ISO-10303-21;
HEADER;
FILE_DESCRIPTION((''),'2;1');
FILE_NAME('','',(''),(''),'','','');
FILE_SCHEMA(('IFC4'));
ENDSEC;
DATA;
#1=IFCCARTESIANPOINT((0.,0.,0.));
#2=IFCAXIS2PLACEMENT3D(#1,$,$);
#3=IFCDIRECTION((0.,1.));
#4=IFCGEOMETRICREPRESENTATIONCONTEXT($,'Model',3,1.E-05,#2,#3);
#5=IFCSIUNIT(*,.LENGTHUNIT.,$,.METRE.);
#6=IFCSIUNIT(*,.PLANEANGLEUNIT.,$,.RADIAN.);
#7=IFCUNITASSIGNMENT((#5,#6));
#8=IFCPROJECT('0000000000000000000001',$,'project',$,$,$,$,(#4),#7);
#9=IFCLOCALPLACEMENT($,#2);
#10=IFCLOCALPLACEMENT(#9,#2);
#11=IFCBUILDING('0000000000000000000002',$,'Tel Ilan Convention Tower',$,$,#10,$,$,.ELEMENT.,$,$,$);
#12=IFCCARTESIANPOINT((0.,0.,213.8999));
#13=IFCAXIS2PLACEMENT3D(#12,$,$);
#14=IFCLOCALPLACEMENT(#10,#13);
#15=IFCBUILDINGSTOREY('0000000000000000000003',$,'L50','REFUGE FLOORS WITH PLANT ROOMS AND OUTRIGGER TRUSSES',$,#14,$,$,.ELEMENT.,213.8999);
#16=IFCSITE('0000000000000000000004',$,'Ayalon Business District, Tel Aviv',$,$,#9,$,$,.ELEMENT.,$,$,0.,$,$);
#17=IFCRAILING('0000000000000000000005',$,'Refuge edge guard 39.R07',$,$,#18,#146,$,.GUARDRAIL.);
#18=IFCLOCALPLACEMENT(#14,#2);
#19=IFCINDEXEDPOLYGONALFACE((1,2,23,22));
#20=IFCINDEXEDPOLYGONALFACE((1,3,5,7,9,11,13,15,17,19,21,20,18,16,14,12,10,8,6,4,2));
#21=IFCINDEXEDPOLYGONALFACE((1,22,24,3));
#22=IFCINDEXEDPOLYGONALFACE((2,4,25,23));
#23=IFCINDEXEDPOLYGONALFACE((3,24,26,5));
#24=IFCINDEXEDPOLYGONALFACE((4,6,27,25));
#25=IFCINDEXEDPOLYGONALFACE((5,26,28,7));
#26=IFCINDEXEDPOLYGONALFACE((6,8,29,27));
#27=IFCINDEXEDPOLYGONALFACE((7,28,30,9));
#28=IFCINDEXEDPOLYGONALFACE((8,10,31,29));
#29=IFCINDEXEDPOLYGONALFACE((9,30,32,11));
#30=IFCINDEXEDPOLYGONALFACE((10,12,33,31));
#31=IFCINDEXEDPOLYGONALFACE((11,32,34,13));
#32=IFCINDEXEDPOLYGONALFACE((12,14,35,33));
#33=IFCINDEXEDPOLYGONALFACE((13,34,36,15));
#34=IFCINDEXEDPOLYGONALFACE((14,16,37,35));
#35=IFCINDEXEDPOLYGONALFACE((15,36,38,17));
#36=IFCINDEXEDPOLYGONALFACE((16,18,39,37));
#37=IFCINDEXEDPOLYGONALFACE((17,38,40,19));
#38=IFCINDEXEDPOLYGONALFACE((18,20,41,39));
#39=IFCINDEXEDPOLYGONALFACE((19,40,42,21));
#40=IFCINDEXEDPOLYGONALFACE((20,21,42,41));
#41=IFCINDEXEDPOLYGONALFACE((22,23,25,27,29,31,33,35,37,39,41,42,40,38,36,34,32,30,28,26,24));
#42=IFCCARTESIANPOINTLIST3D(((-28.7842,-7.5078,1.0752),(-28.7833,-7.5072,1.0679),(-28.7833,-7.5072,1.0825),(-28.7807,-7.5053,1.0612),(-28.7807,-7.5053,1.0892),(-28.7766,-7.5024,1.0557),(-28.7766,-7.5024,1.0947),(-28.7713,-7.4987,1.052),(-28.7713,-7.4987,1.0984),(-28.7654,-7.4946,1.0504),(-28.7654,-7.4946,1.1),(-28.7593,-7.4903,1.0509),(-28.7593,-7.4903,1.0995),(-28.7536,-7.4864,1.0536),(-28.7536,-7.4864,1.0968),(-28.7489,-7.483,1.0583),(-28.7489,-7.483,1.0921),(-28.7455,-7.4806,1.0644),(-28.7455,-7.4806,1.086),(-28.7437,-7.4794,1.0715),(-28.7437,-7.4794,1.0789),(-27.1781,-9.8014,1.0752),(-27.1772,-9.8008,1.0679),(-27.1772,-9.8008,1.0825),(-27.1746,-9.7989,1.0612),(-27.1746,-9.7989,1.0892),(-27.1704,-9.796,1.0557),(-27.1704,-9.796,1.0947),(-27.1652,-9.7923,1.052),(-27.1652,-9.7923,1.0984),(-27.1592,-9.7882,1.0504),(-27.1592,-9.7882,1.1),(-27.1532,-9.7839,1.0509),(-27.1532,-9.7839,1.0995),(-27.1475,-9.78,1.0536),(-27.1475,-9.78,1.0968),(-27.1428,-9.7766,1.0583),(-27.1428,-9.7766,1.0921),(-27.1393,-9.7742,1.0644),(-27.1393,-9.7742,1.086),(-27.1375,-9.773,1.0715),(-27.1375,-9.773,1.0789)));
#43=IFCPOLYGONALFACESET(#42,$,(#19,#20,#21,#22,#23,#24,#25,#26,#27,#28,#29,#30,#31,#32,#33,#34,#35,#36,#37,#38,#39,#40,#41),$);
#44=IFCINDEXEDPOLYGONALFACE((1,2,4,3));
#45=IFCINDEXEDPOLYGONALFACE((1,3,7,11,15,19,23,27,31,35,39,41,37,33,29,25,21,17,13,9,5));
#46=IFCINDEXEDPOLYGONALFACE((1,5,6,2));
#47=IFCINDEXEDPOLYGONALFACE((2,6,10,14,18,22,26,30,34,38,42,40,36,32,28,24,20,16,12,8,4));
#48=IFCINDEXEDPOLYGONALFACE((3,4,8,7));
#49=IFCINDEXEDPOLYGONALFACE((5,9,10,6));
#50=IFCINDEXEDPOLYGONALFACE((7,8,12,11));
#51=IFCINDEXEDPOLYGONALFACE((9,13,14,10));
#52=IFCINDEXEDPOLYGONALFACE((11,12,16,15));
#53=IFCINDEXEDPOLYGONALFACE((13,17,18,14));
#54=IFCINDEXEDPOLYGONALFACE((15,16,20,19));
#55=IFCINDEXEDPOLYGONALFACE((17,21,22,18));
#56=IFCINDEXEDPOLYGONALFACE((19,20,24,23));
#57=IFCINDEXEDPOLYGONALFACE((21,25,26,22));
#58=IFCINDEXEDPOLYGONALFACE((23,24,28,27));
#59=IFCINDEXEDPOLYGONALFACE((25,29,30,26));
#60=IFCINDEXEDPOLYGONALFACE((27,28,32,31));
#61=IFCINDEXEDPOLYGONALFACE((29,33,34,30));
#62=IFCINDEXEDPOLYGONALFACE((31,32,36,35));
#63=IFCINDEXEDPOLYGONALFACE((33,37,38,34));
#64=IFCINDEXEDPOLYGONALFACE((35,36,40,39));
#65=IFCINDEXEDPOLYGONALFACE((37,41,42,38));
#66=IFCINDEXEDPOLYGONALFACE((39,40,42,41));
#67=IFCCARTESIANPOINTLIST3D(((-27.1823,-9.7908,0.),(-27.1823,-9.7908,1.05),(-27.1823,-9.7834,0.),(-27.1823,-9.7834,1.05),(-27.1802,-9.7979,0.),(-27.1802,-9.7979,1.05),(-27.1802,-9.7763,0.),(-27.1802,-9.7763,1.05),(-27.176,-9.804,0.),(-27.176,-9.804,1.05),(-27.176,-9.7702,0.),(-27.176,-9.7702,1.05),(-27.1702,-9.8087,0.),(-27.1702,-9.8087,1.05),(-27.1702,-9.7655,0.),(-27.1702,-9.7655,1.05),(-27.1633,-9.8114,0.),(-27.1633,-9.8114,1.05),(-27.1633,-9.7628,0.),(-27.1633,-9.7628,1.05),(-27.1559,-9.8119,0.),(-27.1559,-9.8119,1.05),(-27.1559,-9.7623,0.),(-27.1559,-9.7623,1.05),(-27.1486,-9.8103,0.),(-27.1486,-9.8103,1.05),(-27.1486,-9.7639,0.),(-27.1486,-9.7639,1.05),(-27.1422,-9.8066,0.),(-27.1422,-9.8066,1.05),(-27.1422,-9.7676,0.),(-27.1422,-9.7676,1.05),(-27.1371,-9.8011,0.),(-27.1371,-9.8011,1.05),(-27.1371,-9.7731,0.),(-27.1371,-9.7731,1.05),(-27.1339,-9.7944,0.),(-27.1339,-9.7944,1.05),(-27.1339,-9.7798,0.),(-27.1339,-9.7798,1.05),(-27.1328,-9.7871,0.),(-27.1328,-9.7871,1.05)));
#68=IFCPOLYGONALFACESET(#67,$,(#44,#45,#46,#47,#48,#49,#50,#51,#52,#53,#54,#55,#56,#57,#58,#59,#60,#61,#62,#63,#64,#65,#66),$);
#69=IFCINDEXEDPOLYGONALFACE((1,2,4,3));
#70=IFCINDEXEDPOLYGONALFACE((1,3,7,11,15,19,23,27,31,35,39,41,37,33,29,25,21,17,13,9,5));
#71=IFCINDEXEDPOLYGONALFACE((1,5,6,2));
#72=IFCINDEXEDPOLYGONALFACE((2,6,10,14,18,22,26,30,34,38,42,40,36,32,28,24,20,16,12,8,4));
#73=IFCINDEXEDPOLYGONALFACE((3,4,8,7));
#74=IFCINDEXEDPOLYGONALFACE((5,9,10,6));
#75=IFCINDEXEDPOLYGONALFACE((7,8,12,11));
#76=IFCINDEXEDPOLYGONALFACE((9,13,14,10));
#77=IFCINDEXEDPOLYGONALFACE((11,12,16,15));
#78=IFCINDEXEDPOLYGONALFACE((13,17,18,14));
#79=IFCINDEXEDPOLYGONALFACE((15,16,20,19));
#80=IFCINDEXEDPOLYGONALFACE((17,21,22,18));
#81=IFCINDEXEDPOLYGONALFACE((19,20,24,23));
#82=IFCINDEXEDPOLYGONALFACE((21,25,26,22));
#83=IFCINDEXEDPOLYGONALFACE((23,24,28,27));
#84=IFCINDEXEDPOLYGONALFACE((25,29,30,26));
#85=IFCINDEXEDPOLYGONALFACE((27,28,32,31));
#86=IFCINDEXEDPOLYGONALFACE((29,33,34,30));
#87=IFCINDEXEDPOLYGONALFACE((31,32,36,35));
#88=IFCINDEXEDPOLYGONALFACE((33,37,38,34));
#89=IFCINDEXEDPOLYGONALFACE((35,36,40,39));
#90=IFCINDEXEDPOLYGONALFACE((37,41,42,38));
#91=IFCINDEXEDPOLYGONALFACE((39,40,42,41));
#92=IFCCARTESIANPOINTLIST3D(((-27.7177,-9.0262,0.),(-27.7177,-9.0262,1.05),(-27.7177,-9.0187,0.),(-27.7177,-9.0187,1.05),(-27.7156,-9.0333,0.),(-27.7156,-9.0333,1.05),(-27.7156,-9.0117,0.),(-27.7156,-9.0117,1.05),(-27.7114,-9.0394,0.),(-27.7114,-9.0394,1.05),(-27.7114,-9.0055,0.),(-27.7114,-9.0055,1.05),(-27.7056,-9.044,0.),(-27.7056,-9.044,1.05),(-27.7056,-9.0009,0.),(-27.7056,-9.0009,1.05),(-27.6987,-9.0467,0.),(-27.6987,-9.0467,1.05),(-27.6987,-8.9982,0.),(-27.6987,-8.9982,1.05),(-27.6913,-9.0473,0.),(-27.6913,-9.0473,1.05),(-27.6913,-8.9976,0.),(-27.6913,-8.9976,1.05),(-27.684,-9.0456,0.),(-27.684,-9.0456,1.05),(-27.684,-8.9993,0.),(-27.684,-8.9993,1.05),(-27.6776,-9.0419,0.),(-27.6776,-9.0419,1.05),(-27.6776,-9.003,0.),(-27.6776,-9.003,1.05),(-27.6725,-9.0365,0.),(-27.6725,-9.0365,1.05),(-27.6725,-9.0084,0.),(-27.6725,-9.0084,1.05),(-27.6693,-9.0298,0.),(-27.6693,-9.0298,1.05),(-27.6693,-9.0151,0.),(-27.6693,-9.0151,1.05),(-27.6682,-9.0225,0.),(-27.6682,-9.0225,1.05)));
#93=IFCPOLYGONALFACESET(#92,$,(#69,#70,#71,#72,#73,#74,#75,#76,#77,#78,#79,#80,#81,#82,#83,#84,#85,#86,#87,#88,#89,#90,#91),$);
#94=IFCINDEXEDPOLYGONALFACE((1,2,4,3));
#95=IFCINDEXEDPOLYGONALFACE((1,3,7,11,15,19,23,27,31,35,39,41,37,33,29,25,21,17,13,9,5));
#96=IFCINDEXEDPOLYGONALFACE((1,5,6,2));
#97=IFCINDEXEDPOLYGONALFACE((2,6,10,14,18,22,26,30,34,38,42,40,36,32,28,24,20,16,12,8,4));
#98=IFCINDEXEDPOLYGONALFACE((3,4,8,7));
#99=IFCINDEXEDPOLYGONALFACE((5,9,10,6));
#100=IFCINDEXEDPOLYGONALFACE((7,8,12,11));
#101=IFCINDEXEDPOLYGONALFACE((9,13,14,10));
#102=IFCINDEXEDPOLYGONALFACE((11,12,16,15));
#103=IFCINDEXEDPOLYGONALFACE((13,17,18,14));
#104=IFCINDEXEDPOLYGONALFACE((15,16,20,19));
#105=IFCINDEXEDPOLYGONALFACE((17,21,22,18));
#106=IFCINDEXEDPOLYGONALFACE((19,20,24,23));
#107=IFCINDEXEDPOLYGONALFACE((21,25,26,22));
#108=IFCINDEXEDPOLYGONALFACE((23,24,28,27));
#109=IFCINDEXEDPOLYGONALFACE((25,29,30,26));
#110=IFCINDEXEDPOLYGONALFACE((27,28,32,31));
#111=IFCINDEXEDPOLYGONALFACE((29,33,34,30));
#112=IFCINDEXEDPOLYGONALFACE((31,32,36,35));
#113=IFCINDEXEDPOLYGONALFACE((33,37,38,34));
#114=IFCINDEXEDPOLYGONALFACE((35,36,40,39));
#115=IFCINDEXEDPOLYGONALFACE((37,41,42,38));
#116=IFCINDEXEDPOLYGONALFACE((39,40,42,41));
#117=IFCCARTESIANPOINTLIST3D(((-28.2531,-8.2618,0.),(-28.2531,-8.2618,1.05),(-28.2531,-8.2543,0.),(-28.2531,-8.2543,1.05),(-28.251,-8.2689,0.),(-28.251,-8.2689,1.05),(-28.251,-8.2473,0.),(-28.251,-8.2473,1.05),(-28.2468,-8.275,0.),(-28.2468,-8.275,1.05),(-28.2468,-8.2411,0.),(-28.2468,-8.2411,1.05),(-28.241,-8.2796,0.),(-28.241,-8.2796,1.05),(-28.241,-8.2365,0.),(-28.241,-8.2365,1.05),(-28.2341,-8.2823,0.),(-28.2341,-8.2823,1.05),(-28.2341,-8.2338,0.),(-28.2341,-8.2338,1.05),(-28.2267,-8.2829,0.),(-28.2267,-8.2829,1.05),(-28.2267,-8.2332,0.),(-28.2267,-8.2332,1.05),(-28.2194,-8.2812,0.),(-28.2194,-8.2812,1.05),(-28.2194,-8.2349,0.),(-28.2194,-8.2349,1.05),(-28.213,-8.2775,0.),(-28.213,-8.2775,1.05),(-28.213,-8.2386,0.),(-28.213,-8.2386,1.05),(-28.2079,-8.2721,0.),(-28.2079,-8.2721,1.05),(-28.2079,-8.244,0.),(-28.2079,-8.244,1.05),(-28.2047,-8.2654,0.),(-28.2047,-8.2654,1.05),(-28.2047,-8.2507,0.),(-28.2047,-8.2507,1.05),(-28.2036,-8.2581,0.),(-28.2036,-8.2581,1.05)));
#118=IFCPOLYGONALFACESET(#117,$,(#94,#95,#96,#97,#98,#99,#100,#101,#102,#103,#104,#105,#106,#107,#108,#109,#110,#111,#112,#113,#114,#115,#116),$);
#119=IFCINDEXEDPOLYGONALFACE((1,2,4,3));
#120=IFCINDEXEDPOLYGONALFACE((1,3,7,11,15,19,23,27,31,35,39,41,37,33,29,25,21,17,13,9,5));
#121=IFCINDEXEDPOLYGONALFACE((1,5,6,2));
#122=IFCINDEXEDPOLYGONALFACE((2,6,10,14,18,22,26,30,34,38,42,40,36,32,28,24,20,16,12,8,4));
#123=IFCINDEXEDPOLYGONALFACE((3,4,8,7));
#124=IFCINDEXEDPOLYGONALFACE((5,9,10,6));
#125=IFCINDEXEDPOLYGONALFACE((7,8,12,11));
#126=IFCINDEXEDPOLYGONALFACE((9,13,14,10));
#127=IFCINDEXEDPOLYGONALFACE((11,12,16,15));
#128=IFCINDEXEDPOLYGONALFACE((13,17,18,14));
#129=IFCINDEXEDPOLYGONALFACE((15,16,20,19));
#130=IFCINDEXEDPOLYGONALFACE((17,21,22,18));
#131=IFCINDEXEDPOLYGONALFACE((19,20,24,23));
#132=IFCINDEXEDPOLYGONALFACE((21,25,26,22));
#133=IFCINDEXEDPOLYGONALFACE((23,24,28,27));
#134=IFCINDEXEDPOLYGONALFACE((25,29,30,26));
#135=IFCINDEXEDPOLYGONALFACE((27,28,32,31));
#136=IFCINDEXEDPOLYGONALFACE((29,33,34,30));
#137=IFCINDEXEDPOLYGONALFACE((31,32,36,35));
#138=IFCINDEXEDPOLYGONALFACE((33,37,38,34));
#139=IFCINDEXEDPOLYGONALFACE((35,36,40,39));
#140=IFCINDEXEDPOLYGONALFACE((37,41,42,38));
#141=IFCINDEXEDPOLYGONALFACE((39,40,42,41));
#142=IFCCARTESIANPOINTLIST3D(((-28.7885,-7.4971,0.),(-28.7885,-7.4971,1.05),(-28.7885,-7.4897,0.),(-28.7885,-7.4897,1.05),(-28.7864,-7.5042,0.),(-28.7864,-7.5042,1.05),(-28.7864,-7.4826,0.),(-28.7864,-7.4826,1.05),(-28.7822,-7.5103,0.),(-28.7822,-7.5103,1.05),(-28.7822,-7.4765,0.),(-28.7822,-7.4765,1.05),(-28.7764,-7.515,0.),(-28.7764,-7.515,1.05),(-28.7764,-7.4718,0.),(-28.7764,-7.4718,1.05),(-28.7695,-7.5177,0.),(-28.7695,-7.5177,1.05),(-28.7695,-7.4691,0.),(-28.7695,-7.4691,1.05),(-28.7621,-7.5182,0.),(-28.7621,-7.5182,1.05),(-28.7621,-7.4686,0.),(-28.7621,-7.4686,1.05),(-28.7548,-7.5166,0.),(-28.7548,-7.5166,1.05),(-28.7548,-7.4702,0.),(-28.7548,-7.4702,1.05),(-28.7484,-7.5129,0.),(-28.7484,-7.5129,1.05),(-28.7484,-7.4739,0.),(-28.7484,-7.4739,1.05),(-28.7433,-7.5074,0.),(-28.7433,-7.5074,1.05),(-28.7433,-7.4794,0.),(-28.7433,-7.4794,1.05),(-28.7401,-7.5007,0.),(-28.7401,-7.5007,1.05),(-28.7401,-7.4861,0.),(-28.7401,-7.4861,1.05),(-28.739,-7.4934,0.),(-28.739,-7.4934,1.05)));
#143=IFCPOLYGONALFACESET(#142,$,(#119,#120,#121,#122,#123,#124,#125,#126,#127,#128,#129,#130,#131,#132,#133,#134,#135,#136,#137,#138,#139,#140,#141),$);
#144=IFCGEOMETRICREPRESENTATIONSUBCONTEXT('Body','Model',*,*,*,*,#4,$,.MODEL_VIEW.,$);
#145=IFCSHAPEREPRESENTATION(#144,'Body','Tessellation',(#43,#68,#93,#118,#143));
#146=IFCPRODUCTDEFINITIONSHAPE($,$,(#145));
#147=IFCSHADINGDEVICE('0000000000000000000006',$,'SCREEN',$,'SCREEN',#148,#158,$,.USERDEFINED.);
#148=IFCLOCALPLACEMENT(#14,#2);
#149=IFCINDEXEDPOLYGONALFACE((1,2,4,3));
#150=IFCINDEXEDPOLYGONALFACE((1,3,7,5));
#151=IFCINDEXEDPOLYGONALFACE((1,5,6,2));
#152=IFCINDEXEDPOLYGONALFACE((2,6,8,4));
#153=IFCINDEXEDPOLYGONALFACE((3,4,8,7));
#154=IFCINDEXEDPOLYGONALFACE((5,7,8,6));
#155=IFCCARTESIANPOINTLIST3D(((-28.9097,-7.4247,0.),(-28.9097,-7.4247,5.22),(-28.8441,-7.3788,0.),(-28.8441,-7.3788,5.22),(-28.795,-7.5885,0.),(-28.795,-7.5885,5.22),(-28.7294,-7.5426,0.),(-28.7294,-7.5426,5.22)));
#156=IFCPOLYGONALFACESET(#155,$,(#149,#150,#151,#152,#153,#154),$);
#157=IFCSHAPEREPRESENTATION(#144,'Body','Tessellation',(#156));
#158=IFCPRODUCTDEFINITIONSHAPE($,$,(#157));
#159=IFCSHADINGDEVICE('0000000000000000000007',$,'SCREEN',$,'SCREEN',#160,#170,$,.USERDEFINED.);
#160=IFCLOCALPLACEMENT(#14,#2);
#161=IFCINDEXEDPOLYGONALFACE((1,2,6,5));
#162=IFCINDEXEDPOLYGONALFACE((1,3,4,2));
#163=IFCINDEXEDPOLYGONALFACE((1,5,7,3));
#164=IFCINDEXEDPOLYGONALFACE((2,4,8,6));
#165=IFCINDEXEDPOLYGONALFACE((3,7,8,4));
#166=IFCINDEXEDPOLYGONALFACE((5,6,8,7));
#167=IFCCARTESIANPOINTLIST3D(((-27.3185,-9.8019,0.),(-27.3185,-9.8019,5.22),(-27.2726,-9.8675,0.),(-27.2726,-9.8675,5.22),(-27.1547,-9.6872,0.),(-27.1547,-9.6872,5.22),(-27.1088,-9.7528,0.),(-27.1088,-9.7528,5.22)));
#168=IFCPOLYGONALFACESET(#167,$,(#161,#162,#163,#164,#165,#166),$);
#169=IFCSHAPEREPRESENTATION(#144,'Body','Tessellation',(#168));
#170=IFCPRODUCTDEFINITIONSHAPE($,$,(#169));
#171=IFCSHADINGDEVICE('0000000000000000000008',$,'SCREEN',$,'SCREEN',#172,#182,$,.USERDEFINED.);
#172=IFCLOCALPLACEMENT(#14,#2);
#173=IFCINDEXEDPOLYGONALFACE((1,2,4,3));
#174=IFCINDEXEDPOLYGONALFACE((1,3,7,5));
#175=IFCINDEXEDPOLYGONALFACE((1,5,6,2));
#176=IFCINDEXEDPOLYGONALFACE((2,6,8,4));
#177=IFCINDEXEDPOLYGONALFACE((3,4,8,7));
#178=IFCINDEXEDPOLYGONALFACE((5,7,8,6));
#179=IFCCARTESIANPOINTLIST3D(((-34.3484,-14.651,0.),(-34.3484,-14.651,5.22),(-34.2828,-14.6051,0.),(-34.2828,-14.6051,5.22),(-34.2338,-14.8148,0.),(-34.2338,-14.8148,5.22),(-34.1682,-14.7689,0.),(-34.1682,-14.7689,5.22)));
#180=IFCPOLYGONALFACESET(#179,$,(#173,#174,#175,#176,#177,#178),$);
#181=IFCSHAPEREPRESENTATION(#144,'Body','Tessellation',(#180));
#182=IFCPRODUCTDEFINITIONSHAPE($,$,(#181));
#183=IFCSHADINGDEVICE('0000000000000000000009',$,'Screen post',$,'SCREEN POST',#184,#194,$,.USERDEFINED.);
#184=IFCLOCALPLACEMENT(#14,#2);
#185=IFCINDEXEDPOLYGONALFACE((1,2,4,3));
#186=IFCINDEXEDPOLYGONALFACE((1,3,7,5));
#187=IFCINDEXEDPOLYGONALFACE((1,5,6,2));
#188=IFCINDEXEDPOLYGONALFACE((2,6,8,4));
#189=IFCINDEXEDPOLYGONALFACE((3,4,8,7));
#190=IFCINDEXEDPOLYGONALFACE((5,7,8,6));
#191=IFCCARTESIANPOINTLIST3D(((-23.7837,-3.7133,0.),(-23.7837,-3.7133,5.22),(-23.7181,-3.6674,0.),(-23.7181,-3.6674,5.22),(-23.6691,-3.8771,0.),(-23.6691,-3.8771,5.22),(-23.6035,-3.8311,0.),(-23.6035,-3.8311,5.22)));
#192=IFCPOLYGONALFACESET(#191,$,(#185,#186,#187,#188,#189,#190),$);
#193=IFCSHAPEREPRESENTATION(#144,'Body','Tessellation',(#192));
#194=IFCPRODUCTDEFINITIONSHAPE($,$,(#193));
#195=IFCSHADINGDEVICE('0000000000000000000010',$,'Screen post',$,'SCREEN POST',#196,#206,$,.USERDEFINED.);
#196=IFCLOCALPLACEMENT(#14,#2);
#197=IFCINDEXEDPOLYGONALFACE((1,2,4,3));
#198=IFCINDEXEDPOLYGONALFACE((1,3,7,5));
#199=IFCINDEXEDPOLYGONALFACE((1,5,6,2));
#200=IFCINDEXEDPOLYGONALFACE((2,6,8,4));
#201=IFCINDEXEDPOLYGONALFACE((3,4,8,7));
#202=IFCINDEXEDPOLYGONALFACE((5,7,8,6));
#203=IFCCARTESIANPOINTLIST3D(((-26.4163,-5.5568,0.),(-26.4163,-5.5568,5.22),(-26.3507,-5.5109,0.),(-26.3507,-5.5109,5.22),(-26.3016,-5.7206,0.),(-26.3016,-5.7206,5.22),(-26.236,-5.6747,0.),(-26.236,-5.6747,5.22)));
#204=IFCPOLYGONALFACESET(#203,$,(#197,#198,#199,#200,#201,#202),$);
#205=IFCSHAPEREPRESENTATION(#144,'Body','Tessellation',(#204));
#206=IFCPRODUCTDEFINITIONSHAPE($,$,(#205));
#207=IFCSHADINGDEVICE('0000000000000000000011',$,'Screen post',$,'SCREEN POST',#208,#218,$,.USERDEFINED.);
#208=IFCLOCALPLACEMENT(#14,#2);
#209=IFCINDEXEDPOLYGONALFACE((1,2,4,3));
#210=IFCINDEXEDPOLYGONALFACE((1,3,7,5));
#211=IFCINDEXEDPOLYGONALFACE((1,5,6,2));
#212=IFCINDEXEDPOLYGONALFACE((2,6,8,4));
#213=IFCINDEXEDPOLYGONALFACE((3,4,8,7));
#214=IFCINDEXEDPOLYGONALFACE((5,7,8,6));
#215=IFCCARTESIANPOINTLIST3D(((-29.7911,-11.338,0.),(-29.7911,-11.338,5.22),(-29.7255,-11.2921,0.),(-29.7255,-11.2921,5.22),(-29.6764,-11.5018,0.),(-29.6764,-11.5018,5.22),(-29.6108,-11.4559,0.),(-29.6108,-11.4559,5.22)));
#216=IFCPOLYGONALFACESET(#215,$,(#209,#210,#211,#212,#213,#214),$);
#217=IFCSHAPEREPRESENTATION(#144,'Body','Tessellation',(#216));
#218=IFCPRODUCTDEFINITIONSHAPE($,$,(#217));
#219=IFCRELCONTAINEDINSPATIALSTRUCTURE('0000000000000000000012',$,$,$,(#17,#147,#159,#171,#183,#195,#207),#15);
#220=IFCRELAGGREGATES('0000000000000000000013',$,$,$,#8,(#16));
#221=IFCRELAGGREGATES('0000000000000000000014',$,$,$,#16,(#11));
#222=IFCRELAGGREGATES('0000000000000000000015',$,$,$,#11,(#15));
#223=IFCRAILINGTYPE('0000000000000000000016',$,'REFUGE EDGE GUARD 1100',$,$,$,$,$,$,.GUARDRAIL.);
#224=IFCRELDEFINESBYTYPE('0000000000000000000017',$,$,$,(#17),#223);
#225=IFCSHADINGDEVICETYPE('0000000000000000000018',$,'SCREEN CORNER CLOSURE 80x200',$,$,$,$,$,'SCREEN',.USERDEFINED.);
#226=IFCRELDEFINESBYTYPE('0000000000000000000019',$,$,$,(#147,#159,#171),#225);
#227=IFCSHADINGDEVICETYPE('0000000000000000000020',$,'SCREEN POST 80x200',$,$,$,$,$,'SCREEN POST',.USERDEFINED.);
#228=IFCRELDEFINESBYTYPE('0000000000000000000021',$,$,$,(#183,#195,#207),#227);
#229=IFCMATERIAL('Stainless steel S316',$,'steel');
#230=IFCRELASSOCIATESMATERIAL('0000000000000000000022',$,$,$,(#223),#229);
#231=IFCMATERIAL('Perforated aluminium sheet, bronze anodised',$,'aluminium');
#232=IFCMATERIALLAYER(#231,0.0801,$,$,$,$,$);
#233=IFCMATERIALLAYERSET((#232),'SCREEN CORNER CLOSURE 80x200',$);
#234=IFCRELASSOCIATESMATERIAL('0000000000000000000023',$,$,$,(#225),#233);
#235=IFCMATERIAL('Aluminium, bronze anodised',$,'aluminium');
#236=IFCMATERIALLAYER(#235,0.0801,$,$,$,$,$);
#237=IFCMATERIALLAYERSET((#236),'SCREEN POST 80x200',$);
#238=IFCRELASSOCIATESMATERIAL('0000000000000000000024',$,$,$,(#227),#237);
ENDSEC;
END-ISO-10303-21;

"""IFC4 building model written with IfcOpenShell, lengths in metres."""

from ifc_helpers import new_model, si_unit, direction, frame, origin, origin_2d, place, context, subcontext, project, spatial, rectangle, circle, extrude, material, layer, layer_set, type_object, element, save


model = new_model("IFC4")

# Units and contexts
model_context = context("Model", 3, precision=1e-05, world=origin(), true_north=direction((0.0, 1.0)))
body_context = subcontext(model_context, "Body", "Model", "MODEL_VIEW")
ifc_project = project(units=[si_unit("LENGTHUNIT", "METRE"), si_unit("PLANEANGLEUNIT", "RADIAN")], contexts=[model_context])

# Site, building, storey
site_placement = place(None, origin())
site = spatial("IfcSite", under=ifc_project, at=site_placement, Name="Ayalon Business District, Tel Aviv", CompositionType="ELEMENT", RefElevation=0.0)
building_placement = place(site_placement, origin())
building = spatial("IfcBuilding", under=site, at=building_placement, Name="Tel Ilan Convention Tower", CompositionType="ELEMENT")
storey_placement = place(building_placement, frame((0.0, 0.0, 213.8999)))
storey = spatial("IfcBuildingStorey", under=building, at=storey_placement, Name="L50", Description="REFUGE FLOORS WITH PLANT ROOMS AND OUTRIGGER TRUSSES", CompositionType="ELEMENT", Elevation=213.8999)

# Railing
ifc_material_1 = material(Name="Stainless steel S316", Category="steel")
railing_type_1 = type_object("IfcRailingType", Name="REFUGE EDGE GUARD 1100", PredefinedType="GUARDRAIL", material=ifc_material_1)
railing_1_placement = place(storey_placement, frame((-27.1577, -9.7871, 0.0)))
element("IfcRailing", 1, at=railing_1_placement, inside=storey, type_object=railing_type_1, Name="Refuge edge guard 39.R07", PredefinedType="GUARDRAIL", context=body_context, shape_type="SweptSolid", body=[
    extrude(circle(Radius=0.0249, at=origin_2d()), frame((0.0, 0.0, 1.0752), z_axis=(-0.573609, 0.81913, 0.0), x_axis=(-0.81913, -0.573609, 0.0)), (0.0, 0.0, 1.0), 2.8),
    extrude(circle(Radius=0.0249, at=origin_2d()), origin(), (0.0, 0.0, 1.0), 1.05),
    extrude(circle(Radius=0.0249, at=origin_2d()), frame((-0.5354, 0.7646, 0.0)), (0.0, 0.0, 1.0), 1.05),
    extrude(circle(Radius=0.0249, at=origin_2d()), frame((-1.0708, 1.5291, 0.0)), (0.0, 0.0, 1.0), 1.05),
    extrude(circle(Radius=0.0249, at=origin_2d()), frame((-1.6062, 2.2937, 0.0)), (0.0, 0.0, 1.0), 1.05),
])

# Shading devices
ifc_material_2 = material(Name="Perforated aluminium sheet, bronze anodised", Category="aluminium")
ifc_layer_1 = layer(ifc_material_2, 0.0801)
ifc_layer_set_1 = layer_set([ifc_layer_1], Name="SCREEN CORNER CLOSURE 80x200")
shading_device_type_1 = type_object("IfcShadingDeviceType", Name="SCREEN CORNER CLOSURE 80x200", ElementType="SCREEN", PredefinedType="USERDEFINED", material=ifc_layer_set_1)
for number, where, z_axis, x_axis, name in (
    (2, (-28.8196, -7.4836, 0.0), (0.0, 0.0, 1.0), (-0.819152, -0.573576, 0.0), "SCREEN"),
    (3, (-27.2136, -9.7773, 0.0), (0.0, 0.0, 1.0), (0.573576, -0.819152, 0.0), "SCREEN"),
    (4, (-34.2583, -14.71, 0.0), (0.0, 0.0, 1.0), (-0.819152, -0.573576, 0.0), "SCREEN"),
):
    element("IfcShadingDevice", number, at=place(storey_placement, frame(where, z_axis=z_axis, x_axis=x_axis)), inside=storey, type_object=shading_device_type_1, Name=name, ObjectType="SCREEN", PredefinedType="USERDEFINED", context=body_context, shape_type="SweptSolid", body=[
        extrude(rectangle(XDim=0.0801, YDim=0.2, at=origin_2d()), origin(), (0.0, 0.0, 1.0), 5.22),
    ])
ifc_material_3 = material(Name="Aluminium, bronze anodised", Category="aluminium")
ifc_layer_2 = layer(ifc_material_3, 0.0801)
ifc_layer_set_2 = layer_set([ifc_layer_2], Name="SCREEN POST 80x200")
shading_device_type_2 = type_object("IfcShadingDeviceType", Name="SCREEN POST 80x200", ElementType="SCREEN POST", PredefinedType="USERDEFINED", material=ifc_layer_set_2)
for number, where, z_axis, x_axis, name in (
    (5, (-23.6936, -3.7722, 0.0), (0.0, 0.0, 1.0), (-0.819152, -0.573576, 0.0), "Screen post"),
    (6, (-26.3262, -5.6157, 0.0), (0.0, 0.0, 1.0), (-0.819152, -0.573576, 0.0), "Screen post"),
    (7, (-29.7009, -11.397, 0.0), (0.0, 0.0, 1.0), (-0.819152, -0.573576, 0.0), "Screen post"),
):
    element("IfcShadingDevice", number, at=place(storey_placement, frame(where, z_axis=z_axis, x_axis=x_axis)), inside=storey, type_object=shading_device_type_2, Name=name, ObjectType="SCREEN POST", PredefinedType="USERDEFINED", context=body_context, shape_type="SweptSolid", body=[
        extrude(rectangle(XDim=0.0801, YDim=0.2, at=origin_2d()), origin(), (0.0, 0.0, 1.0), 5.22),
    ])

save(model, "model.ifc")
